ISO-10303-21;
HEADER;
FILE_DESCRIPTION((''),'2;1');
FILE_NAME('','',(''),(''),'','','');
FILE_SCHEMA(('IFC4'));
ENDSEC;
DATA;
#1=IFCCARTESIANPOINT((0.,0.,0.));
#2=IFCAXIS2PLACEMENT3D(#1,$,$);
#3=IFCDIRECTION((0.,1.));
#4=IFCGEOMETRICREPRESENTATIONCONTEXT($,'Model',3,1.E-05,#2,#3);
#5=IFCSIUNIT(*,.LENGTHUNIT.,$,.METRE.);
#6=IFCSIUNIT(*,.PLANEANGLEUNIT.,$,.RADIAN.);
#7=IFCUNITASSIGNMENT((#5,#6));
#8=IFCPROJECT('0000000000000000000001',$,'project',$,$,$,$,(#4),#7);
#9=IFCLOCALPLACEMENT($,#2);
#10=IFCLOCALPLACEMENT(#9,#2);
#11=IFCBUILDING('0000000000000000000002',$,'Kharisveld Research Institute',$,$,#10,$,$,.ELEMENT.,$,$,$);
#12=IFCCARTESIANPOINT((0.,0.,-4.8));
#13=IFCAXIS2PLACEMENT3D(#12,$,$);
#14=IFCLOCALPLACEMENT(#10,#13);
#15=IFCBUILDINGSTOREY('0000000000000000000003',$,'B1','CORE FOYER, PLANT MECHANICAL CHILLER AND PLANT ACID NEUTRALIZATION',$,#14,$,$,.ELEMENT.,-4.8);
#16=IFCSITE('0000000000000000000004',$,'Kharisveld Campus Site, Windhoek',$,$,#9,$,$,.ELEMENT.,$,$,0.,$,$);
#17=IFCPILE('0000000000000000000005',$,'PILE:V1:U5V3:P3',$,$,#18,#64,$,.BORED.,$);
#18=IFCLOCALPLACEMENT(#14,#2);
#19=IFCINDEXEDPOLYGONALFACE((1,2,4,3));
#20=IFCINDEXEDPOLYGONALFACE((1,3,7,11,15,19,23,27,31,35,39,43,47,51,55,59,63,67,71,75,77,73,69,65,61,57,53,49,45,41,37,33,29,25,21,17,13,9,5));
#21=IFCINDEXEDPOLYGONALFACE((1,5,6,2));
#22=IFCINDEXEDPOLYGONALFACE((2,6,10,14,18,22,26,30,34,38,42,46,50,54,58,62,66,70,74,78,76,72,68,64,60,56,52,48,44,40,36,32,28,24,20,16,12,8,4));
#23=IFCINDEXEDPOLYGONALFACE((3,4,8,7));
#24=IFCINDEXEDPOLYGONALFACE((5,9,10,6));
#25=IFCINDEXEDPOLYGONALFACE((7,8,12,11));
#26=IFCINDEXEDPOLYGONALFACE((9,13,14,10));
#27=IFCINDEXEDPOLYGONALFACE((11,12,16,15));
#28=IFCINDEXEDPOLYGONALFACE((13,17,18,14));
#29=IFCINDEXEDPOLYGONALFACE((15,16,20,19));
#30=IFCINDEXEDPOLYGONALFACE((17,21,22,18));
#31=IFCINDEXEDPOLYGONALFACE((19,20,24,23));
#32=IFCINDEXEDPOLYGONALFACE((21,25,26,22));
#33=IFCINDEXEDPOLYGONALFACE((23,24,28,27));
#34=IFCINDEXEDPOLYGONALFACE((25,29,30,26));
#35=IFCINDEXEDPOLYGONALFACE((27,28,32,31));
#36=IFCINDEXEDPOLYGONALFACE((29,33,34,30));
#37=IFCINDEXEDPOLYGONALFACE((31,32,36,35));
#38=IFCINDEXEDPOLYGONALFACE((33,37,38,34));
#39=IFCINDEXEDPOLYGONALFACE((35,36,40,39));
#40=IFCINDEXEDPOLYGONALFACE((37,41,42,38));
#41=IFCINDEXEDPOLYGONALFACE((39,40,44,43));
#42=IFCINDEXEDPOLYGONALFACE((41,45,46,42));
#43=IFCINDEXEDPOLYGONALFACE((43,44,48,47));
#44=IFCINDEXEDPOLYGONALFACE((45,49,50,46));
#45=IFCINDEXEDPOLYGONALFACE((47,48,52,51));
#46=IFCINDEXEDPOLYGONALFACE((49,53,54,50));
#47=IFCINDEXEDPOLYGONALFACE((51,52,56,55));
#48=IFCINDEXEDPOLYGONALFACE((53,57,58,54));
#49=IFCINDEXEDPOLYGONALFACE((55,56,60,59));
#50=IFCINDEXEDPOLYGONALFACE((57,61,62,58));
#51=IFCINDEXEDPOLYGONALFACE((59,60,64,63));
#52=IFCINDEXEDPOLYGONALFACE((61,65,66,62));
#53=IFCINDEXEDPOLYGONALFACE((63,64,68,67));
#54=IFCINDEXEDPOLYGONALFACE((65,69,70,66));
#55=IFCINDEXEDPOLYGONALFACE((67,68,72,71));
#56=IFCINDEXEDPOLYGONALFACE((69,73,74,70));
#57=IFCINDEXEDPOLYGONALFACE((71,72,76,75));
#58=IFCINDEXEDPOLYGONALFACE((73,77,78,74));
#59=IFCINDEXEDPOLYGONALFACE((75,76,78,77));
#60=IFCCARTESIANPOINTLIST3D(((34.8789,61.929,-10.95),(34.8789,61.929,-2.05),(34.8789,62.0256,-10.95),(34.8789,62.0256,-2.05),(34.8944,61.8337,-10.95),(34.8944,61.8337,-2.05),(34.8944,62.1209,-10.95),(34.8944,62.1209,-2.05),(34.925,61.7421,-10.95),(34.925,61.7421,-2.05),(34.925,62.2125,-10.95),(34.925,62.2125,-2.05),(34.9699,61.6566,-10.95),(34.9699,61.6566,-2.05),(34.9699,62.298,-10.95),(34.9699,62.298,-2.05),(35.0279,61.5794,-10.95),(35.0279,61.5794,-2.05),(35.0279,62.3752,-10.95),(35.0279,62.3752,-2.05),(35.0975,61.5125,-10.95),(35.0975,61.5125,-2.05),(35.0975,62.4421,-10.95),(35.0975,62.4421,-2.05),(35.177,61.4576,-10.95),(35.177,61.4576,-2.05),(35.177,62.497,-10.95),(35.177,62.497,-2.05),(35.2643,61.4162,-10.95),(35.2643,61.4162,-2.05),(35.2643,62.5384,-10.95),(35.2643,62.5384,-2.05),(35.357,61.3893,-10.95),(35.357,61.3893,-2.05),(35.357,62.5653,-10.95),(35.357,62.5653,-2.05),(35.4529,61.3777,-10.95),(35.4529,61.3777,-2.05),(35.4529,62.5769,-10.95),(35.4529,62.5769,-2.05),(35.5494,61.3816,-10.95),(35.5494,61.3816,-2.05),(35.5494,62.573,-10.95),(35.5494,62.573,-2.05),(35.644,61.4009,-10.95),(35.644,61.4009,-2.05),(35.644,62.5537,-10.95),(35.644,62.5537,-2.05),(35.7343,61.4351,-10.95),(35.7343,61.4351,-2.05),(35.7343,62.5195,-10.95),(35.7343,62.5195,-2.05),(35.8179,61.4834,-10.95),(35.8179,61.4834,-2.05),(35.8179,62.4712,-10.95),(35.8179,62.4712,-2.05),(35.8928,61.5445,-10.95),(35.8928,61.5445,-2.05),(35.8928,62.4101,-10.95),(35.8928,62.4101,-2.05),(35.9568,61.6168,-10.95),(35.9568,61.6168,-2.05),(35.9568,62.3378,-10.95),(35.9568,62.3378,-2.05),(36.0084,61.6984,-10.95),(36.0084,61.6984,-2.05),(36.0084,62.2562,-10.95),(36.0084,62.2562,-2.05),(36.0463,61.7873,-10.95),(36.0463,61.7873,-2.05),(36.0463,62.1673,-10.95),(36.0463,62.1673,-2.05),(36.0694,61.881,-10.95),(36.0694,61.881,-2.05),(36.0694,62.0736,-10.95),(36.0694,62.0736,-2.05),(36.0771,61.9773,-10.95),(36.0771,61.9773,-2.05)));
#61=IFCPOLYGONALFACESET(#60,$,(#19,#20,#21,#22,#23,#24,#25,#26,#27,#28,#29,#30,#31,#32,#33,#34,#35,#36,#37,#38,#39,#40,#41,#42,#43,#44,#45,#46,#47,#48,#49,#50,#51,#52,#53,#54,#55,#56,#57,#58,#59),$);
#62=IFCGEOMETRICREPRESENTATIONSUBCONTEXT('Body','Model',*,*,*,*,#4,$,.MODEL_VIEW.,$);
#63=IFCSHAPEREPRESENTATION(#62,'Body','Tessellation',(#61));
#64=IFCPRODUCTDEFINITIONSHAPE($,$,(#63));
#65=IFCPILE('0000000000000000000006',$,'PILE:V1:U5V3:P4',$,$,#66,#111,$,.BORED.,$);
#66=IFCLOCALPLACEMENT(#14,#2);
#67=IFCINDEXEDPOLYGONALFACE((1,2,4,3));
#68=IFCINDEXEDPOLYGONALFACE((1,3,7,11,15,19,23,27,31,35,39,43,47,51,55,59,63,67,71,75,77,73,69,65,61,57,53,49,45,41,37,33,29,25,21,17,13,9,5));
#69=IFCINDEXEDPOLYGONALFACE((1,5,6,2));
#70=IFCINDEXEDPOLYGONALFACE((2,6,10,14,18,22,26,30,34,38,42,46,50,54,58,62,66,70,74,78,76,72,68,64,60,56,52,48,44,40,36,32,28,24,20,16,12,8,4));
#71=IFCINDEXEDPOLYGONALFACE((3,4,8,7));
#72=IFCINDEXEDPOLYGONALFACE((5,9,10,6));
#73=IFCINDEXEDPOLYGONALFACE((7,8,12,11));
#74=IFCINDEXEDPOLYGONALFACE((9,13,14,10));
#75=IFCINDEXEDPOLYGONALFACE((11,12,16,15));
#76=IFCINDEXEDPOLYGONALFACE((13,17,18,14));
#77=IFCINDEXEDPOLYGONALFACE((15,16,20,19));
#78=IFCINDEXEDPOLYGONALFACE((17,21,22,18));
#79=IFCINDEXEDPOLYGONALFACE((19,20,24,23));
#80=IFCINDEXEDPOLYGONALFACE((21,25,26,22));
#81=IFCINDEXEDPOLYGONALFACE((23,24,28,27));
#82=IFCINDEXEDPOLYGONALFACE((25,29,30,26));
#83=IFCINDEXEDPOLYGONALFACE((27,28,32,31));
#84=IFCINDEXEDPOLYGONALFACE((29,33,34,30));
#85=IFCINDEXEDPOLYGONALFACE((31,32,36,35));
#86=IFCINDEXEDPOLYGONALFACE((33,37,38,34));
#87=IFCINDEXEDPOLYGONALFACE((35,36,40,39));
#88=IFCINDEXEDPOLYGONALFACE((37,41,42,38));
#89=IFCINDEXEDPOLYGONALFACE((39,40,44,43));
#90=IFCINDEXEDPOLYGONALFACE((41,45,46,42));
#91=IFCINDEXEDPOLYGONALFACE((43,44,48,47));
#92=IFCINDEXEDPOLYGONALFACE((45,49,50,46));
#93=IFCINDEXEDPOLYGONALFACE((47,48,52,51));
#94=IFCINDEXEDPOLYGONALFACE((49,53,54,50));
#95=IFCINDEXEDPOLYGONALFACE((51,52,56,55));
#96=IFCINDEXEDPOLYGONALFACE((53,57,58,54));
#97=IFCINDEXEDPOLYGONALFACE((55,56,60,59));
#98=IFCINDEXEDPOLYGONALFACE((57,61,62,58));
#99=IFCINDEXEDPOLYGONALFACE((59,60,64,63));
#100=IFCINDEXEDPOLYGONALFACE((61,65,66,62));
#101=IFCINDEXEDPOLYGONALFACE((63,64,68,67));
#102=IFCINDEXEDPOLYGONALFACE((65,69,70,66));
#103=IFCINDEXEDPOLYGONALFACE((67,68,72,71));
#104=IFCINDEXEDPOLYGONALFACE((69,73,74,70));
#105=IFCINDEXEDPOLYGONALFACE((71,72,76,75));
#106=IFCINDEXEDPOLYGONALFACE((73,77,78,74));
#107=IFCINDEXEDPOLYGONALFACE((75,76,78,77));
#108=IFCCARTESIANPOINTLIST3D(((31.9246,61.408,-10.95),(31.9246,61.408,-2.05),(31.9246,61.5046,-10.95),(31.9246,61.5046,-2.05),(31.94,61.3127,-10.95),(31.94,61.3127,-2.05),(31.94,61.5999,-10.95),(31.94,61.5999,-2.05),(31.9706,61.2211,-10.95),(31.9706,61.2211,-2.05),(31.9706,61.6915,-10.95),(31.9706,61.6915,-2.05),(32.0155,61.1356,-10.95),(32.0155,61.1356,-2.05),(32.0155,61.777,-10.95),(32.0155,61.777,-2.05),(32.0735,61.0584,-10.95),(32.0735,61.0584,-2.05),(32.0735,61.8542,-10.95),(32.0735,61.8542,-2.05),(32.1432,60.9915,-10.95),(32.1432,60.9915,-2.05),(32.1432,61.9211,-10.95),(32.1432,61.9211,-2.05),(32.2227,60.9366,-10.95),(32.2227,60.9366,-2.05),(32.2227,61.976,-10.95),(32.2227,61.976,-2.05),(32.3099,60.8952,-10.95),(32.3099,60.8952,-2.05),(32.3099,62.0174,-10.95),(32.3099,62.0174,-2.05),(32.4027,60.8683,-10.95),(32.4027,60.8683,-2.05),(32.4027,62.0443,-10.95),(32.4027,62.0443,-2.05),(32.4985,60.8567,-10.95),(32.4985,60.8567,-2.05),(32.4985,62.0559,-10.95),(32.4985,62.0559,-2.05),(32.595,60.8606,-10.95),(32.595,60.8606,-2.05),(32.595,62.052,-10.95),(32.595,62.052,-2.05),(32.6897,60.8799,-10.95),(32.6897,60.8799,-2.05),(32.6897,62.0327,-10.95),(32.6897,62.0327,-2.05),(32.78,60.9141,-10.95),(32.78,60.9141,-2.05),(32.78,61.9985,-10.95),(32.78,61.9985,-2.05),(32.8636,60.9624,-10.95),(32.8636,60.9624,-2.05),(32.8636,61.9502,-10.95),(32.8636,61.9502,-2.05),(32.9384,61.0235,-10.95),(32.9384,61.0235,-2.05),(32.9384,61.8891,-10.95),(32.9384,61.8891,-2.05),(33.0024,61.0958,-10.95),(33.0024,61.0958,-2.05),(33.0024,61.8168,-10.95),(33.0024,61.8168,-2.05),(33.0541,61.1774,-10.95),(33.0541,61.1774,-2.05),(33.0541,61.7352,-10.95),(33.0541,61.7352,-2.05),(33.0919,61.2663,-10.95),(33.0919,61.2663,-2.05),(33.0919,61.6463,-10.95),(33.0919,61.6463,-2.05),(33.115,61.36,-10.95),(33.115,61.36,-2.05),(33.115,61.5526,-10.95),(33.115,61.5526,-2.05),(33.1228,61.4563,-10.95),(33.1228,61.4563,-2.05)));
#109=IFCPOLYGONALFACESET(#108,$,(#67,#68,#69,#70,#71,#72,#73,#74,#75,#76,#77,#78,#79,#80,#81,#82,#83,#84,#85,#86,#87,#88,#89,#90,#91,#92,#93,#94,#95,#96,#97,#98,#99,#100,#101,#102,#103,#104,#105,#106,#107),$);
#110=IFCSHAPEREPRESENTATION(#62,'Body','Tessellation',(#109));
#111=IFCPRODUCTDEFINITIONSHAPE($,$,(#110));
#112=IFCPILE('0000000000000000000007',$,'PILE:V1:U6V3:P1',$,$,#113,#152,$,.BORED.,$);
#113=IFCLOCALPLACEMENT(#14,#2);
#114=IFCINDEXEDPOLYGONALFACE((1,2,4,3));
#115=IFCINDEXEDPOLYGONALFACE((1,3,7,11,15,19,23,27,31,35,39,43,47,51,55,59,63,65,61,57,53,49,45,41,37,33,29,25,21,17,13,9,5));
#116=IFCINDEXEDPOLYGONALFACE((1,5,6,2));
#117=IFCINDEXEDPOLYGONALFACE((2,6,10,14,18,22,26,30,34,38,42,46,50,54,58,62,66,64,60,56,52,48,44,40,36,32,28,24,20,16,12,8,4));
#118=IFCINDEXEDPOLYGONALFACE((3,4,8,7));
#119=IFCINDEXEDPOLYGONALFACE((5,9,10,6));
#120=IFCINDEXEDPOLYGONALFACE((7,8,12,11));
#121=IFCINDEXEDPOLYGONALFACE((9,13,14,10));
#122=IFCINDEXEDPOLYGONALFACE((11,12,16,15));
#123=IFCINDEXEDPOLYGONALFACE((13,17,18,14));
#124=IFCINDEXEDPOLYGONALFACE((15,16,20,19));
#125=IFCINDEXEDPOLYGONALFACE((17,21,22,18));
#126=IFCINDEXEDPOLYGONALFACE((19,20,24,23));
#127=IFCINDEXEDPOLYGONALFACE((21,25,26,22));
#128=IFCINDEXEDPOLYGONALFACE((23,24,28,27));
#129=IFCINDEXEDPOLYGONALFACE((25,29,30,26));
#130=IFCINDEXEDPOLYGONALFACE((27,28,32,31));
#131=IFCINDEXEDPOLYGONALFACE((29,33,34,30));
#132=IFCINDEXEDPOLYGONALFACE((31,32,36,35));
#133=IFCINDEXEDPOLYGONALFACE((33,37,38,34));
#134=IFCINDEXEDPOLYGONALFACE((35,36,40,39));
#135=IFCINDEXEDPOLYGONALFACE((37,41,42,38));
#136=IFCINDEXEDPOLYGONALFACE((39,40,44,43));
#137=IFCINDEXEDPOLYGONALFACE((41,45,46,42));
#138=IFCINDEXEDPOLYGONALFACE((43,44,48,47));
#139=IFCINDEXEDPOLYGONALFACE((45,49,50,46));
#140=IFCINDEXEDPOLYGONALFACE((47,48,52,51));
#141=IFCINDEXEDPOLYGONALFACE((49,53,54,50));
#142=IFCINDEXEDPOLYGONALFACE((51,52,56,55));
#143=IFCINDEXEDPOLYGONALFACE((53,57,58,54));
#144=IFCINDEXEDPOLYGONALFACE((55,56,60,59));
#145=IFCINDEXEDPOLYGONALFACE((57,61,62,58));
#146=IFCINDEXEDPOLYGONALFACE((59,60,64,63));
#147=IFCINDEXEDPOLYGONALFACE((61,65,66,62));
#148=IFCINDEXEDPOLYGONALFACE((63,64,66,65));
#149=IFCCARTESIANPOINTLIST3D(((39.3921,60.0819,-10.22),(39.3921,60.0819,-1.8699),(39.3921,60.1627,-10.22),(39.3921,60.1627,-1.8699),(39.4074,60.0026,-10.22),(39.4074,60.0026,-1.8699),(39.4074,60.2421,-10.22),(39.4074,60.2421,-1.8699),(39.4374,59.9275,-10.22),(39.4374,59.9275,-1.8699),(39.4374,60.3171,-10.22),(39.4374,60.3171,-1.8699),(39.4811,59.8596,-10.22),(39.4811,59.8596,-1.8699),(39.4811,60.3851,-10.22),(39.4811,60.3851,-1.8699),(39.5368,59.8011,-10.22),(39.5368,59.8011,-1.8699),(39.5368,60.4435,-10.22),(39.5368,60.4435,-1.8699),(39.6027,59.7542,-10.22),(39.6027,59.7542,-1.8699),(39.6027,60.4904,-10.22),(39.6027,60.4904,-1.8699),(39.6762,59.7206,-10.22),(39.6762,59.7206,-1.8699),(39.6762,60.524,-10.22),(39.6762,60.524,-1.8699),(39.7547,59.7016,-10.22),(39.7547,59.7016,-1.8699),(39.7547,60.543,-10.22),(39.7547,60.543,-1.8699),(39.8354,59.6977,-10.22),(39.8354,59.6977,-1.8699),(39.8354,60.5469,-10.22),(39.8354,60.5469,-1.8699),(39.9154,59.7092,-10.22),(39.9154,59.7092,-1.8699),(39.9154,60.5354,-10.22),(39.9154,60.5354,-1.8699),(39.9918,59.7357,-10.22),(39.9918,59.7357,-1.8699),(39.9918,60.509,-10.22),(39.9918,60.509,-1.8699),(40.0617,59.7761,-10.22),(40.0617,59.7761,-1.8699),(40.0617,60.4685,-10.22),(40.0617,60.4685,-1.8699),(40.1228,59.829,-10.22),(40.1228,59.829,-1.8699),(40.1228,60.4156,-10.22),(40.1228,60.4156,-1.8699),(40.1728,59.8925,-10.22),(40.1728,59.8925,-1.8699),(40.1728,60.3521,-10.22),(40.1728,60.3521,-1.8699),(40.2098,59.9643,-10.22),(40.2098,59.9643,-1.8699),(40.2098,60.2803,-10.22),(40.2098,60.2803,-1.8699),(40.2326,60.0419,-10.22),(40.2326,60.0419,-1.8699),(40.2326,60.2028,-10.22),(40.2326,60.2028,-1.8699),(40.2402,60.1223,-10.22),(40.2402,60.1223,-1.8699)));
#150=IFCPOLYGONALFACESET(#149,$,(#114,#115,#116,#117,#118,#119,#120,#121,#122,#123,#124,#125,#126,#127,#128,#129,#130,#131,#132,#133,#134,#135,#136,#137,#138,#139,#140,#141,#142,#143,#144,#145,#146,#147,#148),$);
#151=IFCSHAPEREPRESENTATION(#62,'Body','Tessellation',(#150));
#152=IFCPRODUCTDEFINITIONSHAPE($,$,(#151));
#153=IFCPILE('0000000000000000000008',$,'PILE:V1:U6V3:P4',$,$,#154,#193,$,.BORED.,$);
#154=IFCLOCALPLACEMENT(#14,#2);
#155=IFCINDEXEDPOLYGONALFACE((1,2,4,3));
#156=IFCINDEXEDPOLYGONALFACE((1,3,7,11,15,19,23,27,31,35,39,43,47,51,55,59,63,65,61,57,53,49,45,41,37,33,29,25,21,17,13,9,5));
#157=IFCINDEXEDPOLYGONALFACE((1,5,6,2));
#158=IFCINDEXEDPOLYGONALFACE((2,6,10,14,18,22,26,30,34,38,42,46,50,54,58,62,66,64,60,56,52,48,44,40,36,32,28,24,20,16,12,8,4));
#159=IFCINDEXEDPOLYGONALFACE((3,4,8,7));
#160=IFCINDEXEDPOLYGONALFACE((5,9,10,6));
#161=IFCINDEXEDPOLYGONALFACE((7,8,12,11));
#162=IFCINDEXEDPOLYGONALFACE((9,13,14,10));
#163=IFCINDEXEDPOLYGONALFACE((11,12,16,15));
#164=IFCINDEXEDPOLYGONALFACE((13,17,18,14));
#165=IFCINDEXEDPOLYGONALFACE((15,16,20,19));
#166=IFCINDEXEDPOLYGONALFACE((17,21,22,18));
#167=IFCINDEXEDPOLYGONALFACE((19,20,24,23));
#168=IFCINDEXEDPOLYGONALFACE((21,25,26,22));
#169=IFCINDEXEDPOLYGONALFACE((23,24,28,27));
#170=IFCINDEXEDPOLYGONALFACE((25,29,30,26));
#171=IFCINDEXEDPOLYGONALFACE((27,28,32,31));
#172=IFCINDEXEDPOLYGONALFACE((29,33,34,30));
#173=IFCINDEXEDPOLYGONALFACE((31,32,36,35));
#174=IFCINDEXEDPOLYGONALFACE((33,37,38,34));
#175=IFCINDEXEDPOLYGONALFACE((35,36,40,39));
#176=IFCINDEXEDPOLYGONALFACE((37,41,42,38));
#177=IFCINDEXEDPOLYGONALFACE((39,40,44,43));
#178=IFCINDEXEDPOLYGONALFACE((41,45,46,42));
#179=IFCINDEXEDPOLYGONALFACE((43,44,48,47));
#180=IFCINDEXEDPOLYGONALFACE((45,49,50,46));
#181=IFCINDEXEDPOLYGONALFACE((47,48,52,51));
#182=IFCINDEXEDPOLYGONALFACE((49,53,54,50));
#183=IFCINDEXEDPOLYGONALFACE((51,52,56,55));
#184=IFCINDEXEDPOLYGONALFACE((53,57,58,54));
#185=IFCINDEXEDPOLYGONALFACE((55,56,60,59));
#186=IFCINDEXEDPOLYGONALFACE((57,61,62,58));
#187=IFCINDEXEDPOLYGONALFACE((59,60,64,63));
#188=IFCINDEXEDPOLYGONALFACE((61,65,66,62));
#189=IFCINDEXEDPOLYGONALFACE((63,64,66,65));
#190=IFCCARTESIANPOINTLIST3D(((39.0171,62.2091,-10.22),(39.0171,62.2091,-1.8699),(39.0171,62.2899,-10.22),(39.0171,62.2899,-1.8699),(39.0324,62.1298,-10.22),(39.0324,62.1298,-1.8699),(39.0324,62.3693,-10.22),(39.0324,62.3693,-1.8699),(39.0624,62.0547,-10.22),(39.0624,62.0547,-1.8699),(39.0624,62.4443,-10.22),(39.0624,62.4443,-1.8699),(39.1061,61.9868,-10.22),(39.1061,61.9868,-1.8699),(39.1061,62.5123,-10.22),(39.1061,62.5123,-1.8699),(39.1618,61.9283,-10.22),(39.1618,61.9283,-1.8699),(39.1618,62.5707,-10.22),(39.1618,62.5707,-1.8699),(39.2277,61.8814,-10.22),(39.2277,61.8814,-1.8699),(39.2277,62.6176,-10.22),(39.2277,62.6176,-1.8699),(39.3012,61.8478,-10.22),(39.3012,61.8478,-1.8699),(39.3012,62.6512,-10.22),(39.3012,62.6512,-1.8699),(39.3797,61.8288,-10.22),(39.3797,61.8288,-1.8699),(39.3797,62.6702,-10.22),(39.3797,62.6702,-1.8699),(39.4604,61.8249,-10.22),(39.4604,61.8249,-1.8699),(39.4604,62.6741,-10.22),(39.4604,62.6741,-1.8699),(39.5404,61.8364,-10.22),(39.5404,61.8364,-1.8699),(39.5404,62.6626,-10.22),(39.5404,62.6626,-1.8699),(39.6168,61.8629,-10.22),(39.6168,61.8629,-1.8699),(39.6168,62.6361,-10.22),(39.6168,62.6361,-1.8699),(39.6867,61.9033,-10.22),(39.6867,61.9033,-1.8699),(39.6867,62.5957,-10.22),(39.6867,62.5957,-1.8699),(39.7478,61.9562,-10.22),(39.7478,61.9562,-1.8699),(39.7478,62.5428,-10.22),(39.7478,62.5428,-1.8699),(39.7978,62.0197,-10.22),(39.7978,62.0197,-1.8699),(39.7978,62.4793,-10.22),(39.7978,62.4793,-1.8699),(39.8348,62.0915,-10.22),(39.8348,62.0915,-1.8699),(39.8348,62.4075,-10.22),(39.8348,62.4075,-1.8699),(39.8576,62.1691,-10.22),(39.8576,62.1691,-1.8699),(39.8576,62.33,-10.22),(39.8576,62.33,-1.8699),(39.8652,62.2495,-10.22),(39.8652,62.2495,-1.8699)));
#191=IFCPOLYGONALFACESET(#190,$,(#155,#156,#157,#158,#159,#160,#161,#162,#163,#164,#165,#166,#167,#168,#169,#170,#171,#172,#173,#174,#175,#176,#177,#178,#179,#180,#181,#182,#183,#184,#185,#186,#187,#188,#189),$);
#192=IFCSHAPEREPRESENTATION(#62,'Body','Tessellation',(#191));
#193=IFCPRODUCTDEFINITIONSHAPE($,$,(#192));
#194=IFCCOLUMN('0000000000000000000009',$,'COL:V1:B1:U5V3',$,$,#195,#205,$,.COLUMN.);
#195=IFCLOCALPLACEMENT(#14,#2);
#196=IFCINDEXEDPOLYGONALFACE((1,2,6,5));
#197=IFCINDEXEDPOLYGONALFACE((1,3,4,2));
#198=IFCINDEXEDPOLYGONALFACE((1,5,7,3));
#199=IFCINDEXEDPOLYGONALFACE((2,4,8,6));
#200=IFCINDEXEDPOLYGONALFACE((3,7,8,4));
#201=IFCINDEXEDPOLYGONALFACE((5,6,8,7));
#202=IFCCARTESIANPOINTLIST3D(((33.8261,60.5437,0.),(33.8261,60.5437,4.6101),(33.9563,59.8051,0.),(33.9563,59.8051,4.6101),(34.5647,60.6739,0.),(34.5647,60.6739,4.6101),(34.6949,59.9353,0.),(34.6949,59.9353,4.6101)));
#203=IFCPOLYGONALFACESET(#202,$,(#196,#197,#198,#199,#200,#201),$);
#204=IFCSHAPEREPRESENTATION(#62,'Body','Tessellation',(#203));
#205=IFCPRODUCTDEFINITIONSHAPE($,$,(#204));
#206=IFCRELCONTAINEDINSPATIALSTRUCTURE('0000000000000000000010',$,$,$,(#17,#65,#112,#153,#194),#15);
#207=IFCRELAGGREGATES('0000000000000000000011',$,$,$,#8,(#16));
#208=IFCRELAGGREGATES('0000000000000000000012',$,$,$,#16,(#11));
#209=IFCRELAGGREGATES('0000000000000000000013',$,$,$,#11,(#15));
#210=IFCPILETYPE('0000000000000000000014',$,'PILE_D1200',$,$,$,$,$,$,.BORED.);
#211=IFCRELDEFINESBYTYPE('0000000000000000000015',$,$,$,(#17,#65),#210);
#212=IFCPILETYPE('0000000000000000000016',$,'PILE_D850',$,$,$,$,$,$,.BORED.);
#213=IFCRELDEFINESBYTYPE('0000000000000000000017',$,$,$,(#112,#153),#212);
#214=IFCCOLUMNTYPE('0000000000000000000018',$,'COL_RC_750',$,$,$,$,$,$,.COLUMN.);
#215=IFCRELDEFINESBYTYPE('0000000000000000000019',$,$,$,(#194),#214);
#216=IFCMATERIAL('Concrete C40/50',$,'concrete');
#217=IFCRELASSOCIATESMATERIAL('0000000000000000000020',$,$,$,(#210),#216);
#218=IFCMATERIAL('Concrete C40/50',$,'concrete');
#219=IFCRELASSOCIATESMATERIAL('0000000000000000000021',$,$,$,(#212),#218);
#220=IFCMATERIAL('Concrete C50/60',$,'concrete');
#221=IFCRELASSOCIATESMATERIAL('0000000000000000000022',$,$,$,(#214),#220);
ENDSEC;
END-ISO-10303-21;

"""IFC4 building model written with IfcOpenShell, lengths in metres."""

from ifc_helpers import new_model, si_unit, direction, frame, origin, origin_2d, place, context, subcontext, project, spatial, rectangle, circle, extrude, material, material_profile, profile_set, type_object, element, save


model = new_model("IFC4")

# Units and contexts
model_context = context("Model", 3, precision=1e-05, world=origin(), true_north=direction((0.0, 1.0)))
body_context = subcontext(model_context, "Body", "Model", "MODEL_VIEW")
ifc_project = project(units=[si_unit("LENGTHUNIT", "METRE"), si_unit("PLANEANGLEUNIT", "RADIAN")], contexts=[model_context])

# Site, building, storey
site_placement = place(None, origin())
site = spatial("IfcSite", under=ifc_project, at=site_placement, Name="Kharisveld Campus Site, Windhoek", CompositionType="ELEMENT", RefElevation=0.0)
building_placement = place(site_placement, origin())
building = spatial("IfcBuilding", under=site, at=building_placement, Name="Kharisveld Research Institute", CompositionType="ELEMENT")
storey_placement = place(building_placement, frame((0.0, 0.0, -4.8)))
storey = spatial("IfcBuildingStorey", under=building, at=storey_placement, Name="B1", Description="CORE FOYER, PLANT MECHANICAL CHILLER AND PLANT ACID NEUTRALIZATION", CompositionType="ELEMENT", Elevation=-4.8)

# Piles
ifc_material_1 = material(Name="Concrete C40/50", Category="concrete")
ifc_material_profile_1 = material_profile(ifc_material_1, circle(Radius=0.6001, at=origin_2d()))
ifc_profile_set_1 = profile_set([ifc_material_profile_1], Name="Concrete C40/50")
pile_type_1 = type_object("IfcPileType", Name="PILE_D1200", PredefinedType="BORED", material=ifc_profile_set_1)
for number, where, z_axis, x_axis, name in (
    (1, (35.4771, 61.9773, -2.05), (0.0, 0.0, -1.0), (1.0, 0.0, 0.0), "PILE:V1:U5V3:P3"),
    (2, (32.5227, 61.4563, -2.05), (0.0, 0.0, -1.0), (1.0, 0.0, 0.0), "PILE:V1:U5V3:P4"),
):
    element("IfcPile", number, at=place(storey_placement, frame(where, z_axis=z_axis, x_axis=x_axis)), inside=storey, type_object=pile_type_1, Name=name, PredefinedType="BORED", context=body_context, shape_type="SweptSolid", body=[
        extrude(circle(Radius=0.6001, at=origin_2d()), origin(), (0.0, 0.0, 1.0), 8.8999),
    ])
ifc_material_2 = material(Name="Concrete C40/50", Category="concrete")
ifc_material_profile_2 = material_profile(ifc_material_2, circle(Radius=0.425, at=origin_2d()))
ifc_profile_set_2 = profile_set([ifc_material_profile_2], Name="Concrete C40/50")
pile_type_2 = type_object("IfcPileType", Name="PILE_D850", PredefinedType="BORED", material=ifc_profile_set_2)
for number, where, z_axis, x_axis, name in (
    (3, (39.8152, 60.1223, -1.8699), (0.0, 0.0, -1.0), (1.0, 0.0, 0.0), "PILE:V1:U6V3:P1"),
    (4, (39.4402, 62.2495, -1.8699), (0.0, 0.0, -1.0), (1.0, 0.0, 0.0), "PILE:V1:U6V3:P4"),
):
    element("IfcPile", number, at=place(storey_placement, frame(where, z_axis=z_axis, x_axis=x_axis)), inside=storey, type_object=pile_type_2, Name=name, PredefinedType="BORED", context=body_context, shape_type="SweptSolid", body=[
        extrude(circle(Radius=0.425, at=origin_2d()), origin(), (0.0, 0.0, 1.0), 8.3501),
    ])

# Column
ifc_material_3 = material(Name="Concrete C50/60", Category="concrete")
ifc_material_profile_3 = material_profile(ifc_material_3, rectangle(XDim=0.75, YDim=0.75, at=origin_2d()))
ifc_profile_set_3 = profile_set([ifc_material_profile_3], Name="Concrete C50/60")
column_type_1 = type_object("IfcColumnType", Name="COL_RC_750", PredefinedType="COLUMN", material=ifc_profile_set_3)
column_1_placement = place(storey_placement, frame((34.2605, 60.2395, 0.0), z_axis=(0.0, 0.0, 1.0), x_axis=(0.984808, 0.173648, 0.0)))
element("IfcColumn", 5, at=column_1_placement, inside=storey, type_object=column_type_1, Name="COL:V1:B1:U5V3", PredefinedType="COLUMN", context=body_context, shape_type="SweptSolid", body=[
    extrude(rectangle(XDim=0.75, YDim=0.75, at=origin_2d()), origin(), (0.0, 0.0, 1.0), 4.6101),
])

save(model, "model.ifc")
